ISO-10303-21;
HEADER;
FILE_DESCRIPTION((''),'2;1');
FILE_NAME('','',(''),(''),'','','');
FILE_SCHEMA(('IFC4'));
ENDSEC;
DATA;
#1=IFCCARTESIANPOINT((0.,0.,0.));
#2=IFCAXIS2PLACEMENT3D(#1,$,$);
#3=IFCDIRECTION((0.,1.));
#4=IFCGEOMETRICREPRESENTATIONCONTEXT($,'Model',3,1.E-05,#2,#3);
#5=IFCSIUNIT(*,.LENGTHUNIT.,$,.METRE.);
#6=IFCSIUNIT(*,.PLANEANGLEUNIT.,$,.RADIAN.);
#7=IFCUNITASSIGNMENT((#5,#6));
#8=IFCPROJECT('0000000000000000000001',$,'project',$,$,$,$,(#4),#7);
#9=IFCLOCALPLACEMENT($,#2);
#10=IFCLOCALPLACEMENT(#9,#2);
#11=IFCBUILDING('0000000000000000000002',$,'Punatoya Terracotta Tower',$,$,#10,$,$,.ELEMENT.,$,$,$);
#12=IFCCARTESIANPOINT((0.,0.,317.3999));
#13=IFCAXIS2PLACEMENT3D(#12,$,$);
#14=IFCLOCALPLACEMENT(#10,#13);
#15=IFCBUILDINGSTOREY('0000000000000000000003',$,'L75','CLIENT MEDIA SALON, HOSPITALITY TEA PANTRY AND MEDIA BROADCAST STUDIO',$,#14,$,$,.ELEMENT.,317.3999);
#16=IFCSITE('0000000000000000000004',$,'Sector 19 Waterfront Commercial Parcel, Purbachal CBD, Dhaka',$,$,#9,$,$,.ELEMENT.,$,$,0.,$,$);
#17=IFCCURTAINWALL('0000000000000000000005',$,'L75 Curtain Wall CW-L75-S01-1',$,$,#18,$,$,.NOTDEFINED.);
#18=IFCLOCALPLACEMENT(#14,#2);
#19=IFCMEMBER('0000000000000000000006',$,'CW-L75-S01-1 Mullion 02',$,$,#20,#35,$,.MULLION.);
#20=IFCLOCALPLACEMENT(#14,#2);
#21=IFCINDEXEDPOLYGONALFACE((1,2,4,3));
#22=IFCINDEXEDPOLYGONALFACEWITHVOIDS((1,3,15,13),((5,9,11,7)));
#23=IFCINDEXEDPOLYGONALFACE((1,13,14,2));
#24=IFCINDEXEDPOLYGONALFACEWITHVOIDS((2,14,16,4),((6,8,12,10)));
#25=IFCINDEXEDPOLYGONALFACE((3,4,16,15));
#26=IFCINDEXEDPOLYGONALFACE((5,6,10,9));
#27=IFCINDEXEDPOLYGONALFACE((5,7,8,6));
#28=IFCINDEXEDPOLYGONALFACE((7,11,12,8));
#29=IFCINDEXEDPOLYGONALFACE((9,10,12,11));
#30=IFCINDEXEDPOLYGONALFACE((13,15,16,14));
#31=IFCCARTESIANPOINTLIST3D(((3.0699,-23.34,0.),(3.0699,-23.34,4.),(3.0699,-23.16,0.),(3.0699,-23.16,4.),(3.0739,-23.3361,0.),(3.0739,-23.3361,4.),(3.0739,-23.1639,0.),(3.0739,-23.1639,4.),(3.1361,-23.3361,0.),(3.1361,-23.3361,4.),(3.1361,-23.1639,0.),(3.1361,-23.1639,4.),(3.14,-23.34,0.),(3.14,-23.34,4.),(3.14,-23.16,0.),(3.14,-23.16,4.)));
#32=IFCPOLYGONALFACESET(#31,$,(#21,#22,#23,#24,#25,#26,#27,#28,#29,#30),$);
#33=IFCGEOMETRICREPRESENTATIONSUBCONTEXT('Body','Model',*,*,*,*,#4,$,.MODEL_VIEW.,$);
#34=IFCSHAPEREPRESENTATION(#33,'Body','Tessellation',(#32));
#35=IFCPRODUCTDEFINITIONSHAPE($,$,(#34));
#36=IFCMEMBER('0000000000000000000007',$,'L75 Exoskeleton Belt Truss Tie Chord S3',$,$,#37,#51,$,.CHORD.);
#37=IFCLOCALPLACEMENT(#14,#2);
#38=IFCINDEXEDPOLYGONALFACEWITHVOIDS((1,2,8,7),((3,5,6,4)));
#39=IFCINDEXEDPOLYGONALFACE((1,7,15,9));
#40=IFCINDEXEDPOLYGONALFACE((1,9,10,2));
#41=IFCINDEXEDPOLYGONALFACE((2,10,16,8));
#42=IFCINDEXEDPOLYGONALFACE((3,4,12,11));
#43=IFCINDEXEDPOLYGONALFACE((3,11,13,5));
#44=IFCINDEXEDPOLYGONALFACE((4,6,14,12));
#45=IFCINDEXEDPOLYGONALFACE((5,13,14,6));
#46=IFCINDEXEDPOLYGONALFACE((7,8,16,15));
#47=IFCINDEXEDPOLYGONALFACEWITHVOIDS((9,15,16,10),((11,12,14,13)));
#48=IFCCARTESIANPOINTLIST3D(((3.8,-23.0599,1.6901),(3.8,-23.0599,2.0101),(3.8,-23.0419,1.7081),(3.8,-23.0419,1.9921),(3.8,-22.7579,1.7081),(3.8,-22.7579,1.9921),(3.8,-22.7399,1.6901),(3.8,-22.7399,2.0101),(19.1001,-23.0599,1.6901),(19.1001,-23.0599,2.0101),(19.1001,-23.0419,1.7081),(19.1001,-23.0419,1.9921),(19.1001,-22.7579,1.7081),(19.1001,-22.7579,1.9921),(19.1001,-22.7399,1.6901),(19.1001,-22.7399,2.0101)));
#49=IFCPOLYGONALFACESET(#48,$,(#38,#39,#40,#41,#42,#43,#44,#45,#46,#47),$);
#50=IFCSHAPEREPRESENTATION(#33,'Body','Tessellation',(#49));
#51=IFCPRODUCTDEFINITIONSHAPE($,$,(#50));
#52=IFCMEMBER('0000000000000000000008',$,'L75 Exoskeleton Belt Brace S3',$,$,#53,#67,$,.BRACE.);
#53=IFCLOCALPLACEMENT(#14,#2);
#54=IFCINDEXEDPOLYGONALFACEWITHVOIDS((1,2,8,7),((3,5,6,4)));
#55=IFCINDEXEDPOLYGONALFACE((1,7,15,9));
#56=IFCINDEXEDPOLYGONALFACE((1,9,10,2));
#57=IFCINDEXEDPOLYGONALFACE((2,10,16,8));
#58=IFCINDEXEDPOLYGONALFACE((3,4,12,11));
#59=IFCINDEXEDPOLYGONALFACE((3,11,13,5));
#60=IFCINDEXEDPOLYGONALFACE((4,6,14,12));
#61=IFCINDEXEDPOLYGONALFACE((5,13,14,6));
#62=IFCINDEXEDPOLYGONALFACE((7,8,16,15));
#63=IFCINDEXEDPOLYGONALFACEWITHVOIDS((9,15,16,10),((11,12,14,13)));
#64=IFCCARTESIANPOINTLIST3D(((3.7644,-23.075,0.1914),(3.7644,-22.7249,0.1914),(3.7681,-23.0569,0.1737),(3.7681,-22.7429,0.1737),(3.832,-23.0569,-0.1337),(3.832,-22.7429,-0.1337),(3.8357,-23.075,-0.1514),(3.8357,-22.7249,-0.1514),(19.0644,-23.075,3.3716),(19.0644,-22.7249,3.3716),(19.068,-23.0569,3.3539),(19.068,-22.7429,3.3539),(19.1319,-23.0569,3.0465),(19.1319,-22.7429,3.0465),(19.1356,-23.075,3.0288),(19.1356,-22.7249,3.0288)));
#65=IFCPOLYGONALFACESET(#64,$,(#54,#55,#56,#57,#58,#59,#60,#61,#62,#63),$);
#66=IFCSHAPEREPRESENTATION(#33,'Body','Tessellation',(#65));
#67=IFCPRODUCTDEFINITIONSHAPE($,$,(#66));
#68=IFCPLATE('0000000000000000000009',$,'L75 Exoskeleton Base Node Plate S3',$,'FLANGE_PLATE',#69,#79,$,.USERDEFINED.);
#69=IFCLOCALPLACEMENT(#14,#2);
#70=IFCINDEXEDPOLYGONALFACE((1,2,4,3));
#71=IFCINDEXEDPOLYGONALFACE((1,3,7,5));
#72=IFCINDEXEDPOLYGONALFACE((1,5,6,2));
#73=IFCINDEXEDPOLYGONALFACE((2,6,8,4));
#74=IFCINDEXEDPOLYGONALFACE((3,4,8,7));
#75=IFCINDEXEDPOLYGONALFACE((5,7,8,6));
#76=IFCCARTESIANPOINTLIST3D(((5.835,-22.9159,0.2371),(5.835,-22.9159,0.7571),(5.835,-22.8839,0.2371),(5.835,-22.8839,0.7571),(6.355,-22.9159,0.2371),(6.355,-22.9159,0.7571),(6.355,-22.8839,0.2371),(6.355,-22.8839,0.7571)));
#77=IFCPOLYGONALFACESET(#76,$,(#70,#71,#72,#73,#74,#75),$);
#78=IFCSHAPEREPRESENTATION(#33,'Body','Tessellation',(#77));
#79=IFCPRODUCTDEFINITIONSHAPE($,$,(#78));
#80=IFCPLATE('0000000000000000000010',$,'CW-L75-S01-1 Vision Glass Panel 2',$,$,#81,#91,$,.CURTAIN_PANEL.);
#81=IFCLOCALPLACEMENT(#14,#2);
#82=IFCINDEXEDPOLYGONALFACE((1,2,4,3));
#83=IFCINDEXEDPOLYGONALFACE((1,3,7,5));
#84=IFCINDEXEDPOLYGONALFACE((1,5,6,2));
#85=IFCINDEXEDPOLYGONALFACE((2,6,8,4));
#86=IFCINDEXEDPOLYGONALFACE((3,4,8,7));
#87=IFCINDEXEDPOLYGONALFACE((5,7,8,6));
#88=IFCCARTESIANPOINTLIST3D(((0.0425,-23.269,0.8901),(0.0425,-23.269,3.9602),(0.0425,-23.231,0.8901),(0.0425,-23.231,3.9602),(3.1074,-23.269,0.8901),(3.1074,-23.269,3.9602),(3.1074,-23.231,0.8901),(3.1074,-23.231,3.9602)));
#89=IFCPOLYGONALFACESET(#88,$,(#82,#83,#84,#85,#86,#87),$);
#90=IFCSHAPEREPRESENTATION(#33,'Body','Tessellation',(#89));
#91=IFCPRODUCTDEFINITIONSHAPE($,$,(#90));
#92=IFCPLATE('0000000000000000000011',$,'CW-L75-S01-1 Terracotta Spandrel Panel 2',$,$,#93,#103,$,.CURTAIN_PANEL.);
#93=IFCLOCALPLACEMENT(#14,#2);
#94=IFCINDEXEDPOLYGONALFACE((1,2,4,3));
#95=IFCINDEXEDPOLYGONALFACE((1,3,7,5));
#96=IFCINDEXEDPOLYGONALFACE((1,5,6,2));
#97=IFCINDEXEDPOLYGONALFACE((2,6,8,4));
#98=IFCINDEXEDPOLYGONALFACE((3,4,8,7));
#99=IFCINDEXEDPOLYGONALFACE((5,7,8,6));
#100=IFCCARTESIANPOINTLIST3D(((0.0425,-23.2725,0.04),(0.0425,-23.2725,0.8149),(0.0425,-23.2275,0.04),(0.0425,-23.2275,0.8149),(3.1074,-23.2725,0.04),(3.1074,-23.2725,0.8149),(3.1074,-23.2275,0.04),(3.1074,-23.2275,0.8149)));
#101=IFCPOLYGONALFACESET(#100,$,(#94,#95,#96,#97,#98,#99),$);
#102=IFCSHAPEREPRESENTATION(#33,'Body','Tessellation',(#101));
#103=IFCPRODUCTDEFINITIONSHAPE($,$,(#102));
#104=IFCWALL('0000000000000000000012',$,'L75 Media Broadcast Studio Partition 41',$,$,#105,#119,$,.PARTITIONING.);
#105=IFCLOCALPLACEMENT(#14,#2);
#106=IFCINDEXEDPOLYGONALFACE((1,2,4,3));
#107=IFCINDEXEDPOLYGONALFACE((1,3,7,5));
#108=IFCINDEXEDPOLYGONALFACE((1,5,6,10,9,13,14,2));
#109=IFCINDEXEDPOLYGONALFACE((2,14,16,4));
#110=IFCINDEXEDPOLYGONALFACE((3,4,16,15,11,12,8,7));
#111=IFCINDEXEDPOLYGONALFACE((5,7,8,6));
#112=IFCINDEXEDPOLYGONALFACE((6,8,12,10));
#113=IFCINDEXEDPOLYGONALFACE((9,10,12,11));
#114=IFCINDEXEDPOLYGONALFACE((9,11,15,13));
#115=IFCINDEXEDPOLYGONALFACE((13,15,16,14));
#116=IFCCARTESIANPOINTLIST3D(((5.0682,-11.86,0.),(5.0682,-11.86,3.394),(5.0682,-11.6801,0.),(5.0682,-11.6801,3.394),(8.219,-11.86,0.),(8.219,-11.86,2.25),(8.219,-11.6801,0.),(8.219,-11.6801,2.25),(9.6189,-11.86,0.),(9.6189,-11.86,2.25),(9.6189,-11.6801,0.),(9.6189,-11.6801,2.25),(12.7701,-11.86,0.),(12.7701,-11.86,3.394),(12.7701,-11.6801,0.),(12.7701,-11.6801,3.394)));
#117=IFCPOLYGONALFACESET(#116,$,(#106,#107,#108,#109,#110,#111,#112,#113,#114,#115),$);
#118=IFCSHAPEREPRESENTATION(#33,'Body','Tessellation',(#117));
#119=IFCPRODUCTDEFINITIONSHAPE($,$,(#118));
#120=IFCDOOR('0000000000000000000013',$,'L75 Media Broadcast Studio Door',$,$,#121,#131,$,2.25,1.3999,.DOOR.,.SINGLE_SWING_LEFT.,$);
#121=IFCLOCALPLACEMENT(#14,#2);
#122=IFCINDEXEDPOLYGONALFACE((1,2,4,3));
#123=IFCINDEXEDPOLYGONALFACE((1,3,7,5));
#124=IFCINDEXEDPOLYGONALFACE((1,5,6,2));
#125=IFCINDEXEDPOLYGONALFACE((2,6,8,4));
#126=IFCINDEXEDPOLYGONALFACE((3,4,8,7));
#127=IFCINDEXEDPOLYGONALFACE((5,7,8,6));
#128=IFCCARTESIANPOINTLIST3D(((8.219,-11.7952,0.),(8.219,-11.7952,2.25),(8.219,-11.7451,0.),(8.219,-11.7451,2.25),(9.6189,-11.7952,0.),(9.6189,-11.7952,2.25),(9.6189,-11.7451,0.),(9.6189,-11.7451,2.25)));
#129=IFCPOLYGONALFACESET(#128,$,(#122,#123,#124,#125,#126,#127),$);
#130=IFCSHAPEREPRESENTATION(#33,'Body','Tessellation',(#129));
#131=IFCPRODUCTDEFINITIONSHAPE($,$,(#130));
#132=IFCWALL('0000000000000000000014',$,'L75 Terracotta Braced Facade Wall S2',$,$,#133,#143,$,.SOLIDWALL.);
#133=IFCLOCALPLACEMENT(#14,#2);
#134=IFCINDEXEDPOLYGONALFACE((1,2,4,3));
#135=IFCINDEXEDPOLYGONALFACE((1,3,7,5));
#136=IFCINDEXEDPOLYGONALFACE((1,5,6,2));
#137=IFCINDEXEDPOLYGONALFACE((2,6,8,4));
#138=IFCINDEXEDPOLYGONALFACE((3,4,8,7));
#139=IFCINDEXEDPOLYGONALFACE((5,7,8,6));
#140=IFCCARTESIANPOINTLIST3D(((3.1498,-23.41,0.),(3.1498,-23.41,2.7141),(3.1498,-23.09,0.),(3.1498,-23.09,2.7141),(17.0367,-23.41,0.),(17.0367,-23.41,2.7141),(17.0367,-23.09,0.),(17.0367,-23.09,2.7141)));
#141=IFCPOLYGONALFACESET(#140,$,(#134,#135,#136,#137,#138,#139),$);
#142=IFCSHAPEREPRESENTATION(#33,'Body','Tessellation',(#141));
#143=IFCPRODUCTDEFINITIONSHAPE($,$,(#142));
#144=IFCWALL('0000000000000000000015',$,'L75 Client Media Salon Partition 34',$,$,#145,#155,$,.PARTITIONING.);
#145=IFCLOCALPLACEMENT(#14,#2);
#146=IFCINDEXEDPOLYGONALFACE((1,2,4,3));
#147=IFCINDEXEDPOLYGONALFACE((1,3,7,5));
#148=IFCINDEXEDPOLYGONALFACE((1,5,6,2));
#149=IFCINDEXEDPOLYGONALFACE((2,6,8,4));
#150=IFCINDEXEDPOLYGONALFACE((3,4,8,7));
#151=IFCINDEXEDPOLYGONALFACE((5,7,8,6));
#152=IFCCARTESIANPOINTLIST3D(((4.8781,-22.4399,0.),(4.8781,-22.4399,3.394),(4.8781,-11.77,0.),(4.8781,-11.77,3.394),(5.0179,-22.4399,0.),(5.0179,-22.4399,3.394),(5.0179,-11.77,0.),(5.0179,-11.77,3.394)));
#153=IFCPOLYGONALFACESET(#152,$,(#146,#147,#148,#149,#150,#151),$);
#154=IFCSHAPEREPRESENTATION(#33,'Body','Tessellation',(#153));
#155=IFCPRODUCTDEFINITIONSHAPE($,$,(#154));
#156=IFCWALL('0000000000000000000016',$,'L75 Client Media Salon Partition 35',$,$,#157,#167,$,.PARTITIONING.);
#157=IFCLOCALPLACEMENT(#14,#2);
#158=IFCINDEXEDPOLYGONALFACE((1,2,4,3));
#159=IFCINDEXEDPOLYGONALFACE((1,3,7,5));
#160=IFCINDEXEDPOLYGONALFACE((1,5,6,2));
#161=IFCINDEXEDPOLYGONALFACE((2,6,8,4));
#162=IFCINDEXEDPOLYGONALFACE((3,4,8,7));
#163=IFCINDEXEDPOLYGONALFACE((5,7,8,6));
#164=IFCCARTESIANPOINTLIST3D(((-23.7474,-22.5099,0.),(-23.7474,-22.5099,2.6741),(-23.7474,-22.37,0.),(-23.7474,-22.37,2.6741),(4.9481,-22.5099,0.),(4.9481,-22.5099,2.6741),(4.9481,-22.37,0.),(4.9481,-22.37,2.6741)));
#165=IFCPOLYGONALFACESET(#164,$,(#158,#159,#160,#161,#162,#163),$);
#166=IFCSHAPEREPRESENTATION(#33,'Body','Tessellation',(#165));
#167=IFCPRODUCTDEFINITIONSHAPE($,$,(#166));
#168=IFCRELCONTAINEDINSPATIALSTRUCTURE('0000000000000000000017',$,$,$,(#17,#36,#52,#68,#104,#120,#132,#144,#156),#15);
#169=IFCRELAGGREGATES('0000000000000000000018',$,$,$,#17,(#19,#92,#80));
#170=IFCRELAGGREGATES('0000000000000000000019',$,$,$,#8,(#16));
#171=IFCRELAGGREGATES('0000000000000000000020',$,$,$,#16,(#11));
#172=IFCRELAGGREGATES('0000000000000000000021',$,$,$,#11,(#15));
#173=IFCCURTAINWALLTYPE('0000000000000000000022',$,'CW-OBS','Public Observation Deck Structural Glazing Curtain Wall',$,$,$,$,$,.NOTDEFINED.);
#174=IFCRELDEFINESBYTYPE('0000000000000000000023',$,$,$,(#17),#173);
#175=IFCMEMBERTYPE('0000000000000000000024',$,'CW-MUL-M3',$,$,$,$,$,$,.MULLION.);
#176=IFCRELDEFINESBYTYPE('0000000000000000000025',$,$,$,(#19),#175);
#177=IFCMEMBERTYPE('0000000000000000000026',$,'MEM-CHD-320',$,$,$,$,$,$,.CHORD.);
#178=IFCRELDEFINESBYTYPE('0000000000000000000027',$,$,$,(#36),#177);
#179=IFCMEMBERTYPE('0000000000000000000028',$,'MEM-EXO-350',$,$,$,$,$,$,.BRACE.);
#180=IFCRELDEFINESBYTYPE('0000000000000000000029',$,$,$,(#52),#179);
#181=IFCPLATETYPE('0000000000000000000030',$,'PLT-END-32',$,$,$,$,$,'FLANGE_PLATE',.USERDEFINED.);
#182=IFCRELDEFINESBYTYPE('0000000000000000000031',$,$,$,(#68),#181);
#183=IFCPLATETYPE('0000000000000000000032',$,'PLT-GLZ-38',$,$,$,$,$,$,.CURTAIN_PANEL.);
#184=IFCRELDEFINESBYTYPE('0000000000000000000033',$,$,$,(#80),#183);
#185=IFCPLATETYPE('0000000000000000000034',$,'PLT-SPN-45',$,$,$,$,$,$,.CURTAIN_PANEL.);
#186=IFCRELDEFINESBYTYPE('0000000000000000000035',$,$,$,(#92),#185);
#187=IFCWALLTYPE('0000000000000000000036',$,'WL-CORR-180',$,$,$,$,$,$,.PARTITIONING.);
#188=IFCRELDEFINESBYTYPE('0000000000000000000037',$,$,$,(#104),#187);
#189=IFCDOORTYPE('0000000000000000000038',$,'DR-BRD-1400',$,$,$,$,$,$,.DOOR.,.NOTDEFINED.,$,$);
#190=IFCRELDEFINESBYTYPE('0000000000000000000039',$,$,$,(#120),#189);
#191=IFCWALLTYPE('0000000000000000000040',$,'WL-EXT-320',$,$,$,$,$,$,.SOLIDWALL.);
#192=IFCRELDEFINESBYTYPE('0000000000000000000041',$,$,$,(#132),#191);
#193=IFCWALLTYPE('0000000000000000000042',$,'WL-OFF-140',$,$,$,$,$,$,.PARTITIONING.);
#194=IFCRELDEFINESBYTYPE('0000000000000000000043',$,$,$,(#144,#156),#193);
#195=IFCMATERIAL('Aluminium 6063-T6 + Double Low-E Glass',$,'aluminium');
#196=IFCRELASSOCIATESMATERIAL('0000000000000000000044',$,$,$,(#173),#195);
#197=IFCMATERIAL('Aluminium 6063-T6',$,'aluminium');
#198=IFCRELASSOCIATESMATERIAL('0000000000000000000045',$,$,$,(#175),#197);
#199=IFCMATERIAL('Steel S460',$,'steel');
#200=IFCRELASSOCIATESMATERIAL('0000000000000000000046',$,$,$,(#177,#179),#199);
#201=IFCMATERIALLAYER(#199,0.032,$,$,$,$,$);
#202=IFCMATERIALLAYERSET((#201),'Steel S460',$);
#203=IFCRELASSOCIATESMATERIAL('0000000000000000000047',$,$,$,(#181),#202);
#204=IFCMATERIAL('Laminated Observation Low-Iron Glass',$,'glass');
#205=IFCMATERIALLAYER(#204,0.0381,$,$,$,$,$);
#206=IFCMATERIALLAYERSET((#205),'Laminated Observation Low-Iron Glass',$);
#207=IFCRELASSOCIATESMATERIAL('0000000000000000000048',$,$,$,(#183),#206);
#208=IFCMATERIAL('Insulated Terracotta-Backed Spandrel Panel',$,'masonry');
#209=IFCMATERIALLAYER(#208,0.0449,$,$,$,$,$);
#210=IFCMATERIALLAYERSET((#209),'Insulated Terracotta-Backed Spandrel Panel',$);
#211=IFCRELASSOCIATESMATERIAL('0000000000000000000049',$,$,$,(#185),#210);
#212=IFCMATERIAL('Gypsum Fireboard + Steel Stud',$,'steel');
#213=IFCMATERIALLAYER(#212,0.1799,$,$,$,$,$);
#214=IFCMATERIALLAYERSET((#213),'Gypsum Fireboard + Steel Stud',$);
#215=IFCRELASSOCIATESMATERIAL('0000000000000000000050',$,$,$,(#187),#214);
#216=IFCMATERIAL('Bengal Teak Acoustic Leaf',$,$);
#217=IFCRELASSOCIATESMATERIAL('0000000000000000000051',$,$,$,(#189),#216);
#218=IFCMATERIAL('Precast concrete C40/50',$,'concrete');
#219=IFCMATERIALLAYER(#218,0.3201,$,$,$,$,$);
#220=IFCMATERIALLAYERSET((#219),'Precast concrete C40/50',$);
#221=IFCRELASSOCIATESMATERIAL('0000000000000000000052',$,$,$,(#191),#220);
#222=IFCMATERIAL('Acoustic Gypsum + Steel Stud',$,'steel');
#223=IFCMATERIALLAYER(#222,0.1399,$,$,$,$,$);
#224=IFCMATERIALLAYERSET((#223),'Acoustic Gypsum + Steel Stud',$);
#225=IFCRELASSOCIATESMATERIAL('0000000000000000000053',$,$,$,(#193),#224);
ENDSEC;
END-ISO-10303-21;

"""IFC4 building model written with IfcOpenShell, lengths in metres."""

from ifc_helpers import new_model, si_unit, direction, frame, frame_2d, origin, origin_2d, place, context, subcontext, project, spatial, rectangle, hollow_rectangle, extrude, material, layer, layer_set, material_profile, profile_set, type_object, element, fill, aggregate, save


model = new_model("IFC4")

# Units and contexts
model_context = context("Model", 3, precision=1e-05, world=origin(), true_north=direction((0.0, 1.0)))
body_context = subcontext(model_context, "Body", "Model", "MODEL_VIEW")
ifc_project = project(units=[si_unit("LENGTHUNIT", "METRE"), si_unit("PLANEANGLEUNIT", "RADIAN")], contexts=[model_context])

# Site, building, storey
site_placement = place(None, origin())
site = spatial("IfcSite", under=ifc_project, at=site_placement, Name="Sector 19 Waterfront Commercial Parcel, Purbachal CBD, Dhaka", CompositionType="ELEMENT", RefElevation=0.0)
building_placement = place(site_placement, origin())
building = spatial("IfcBuilding", under=site, at=building_placement, Name="Punatoya Terracotta Tower", CompositionType="ELEMENT")
storey_placement = place(building_placement, frame((0.0, 0.0, 317.3999)))
storey = spatial("IfcBuildingStorey", under=building, at=storey_placement, Name="L75", Description="CLIENT MEDIA SALON, HOSPITALITY TEA PANTRY AND MEDIA BROADCAST STUDIO", CompositionType="ELEMENT", Elevation=317.3999)

# Shared definitions
ifc_material_1 = material(Name="Steel S460", Category="steel")

# Curtain wall, member
ifc_material_2 = material(Name="Aluminium 6063-T6 + Double Low-E Glass", Category="aluminium")
curtain_wall_type = type_object("IfcCurtainWallType", Name="CW-OBS", Description="Public Observation Deck Structural Glazing Curtain Wall", PredefinedType="NOTDEFINED", material=ifc_material_2)
curtain_wall_placement = place(storey_placement, origin())
curtain_wall = element("IfcCurtainWall", 1, at=curtain_wall_placement, inside=storey, type_object=curtain_wall_type, Name="L75 Curtain Wall CW-L75-S01-1", PredefinedType="NOTDEFINED")
ifc_material_3 = material(Name="Aluminium 6063-T6", Category="aluminium")
ifc_material_profile_1 = material_profile(ifc_material_3, hollow_rectangle(XDim=0.0701, YDim=0.1799, WallThickness=0.0039, at=origin_2d()))
ifc_profile_set_1 = profile_set([ifc_material_profile_1], Name="Aluminium 6063-T6")
member_type_1 = type_object("IfcMemberType", Name="CW-MUL-M3", PredefinedType="MULLION", material=ifc_profile_set_1)
member_1_placement = place(storey_placement, frame((3.105, -23.25, 0.0), z_axis=(0.0, 0.0, 1.0), x_axis=(1.0, 0.0, 0.0)))
member_1 = element("IfcMember", 2, at=member_1_placement, type_object=member_type_1, Name="CW-L75-S01-1 Mullion 02", PredefinedType="MULLION", context=body_context, shape_type="SweptSolid", body=[
    extrude(hollow_rectangle(XDim=0.0701, YDim=0.1799, WallThickness=0.0039, at=origin_2d()), origin(), (0.0, 0.0, 1.0), 4.0),
])

# Members
ifc_material_profile_2 = material_profile(ifc_material_1, hollow_rectangle(XDim=0.3201, YDim=0.3201, WallThickness=0.0181, at=origin_2d()))
ifc_profile_set_2 = profile_set([ifc_material_profile_2], Name="Steel S460")
member_type_2 = type_object("IfcMemberType", Name="MEM-CHD-320", PredefinedType="CHORD", material=ifc_profile_set_2)
member_2_placement = place(storey_placement, frame((3.8, -22.8999, 1.8501), z_axis=(1.0, 0.0, 0.0), x_axis=(0.0, 1.0, 0.0)))
element("IfcMember", 3, at=member_2_placement, inside=storey, type_object=member_type_2, Name="L75 Exoskeleton Belt Truss Tie Chord S3", PredefinedType="CHORD", context=body_context, shape_type="SweptSolid", body=[
    extrude(hollow_rectangle(XDim=0.3201, YDim=0.3201, WallThickness=0.0181, at=origin_2d()), origin(), (0.0, 0.0, 1.0), 15.3),
])
ifc_material_profile_3 = material_profile(ifc_material_1, hollow_rectangle(XDim=0.3501, YDim=0.3501, WallThickness=0.0181, at=origin_2d()))
ifc_profile_set_3 = profile_set([ifc_material_profile_3], Name="Steel S460")
member_type_3 = type_object("IfcMemberType", Name="MEM-EXO-350", PredefinedType="BRACE", material=ifc_profile_set_3)
member_3_placement = place(storey_placement, frame((3.8, -22.8999, 0.02), z_axis=(0.979074, 0.0, 0.203504), x_axis=(0.0, 1.0, 0.0)))
element("IfcMember", 4, at=member_3_placement, inside=storey, type_object=member_type_3, Name="L75 Exoskeleton Belt Brace S3", PredefinedType="BRACE", context=body_context, shape_type="SweptSolid", body=[
    extrude(hollow_rectangle(XDim=0.3501, YDim=0.3501, WallThickness=0.0181, at=origin_2d()), origin(), (0.0, 0.0, 1.0), 15.627),
])

# Plates
ifc_layer_1 = layer(ifc_material_1, 0.032)
ifc_layer_set_1 = layer_set([ifc_layer_1], Name="Steel S460")
plate_type_1 = type_object("IfcPlateType", Name="PLT-END-32", ElementType="FLANGE_PLATE", PredefinedType="USERDEFINED", material=ifc_layer_set_1)
plate_1_placement = place(storey_placement, frame((6.095, -22.8999, 0.2371), z_axis=(0.0, 0.0, 1.0), x_axis=(1.0, 0.0, 0.0)))
element("IfcPlate", 5, at=plate_1_placement, inside=storey, type_object=plate_type_1, Name="L75 Exoskeleton Base Node Plate S3", ObjectType="FLANGE_PLATE", PredefinedType="USERDEFINED", context=body_context, shape_type="SweptSolid", body=[
    extrude(rectangle(XDim=0.52, YDim=0.032, at=origin_2d()), origin(), (0.0, 0.0, 1.0), 0.52),
])
ifc_material_4 = material(Name="Laminated Observation Low-Iron Glass", Category="glass")
ifc_layer_2 = layer(ifc_material_4, 0.0381)
ifc_layer_set_2 = layer_set([ifc_layer_2], Name="Laminated Observation Low-Iron Glass")
plate_type_2 = type_object("IfcPlateType", Name="PLT-GLZ-38", PredefinedType="CURTAIN_PANEL", material=ifc_layer_set_2)
plate_2_placement = place(storey_placement, frame((1.575, -23.25, 0.8901), z_axis=(0.0, 0.0, 1.0), x_axis=(1.0, 0.0, 0.0)))
plate_2 = element("IfcPlate", 6, at=plate_2_placement, type_object=plate_type_2, Name="CW-L75-S01-1 Vision Glass Panel 2", PredefinedType="CURTAIN_PANEL", context=body_context, shape_type="SweptSolid", body=[
    extrude(rectangle(XDim=3.0649, YDim=0.0381, at=origin_2d()), origin(), (0.0, 0.0, 1.0), 3.0701),
])
ifc_material_5 = material(Name="Insulated Terracotta-Backed Spandrel Panel", Category="masonry")
ifc_layer_3 = layer(ifc_material_5, 0.0449)
ifc_layer_set_3 = layer_set([ifc_layer_3], Name="Insulated Terracotta-Backed Spandrel Panel")
plate_type_3 = type_object("IfcPlateType", Name="PLT-SPN-45", PredefinedType="CURTAIN_PANEL", material=ifc_layer_set_3)
plate_3_placement = place(storey_placement, frame((1.575, -23.25, 0.04), z_axis=(0.0, 0.0, 1.0), x_axis=(1.0, 0.0, 0.0)))
plate_3 = element("IfcPlate", 7, at=plate_3_placement, type_object=plate_type_3, Name="CW-L75-S01-1 Terracotta Spandrel Panel 2", PredefinedType="CURTAIN_PANEL", context=body_context, shape_type="SweptSolid", body=[
    extrude(rectangle(XDim=3.0649, YDim=0.0449, at=origin_2d()), origin(), (0.0, 0.0, 1.0), 0.7749),
])
aggregate(curtain_wall, [member_1, plate_3, plate_2])

# Wall, opening, door
ifc_material_6 = material(Name="Gypsum Fireboard + Steel Stud", Category="steel")
ifc_layer_4 = layer(ifc_material_6, 0.1799)
ifc_layer_set_4 = layer_set([ifc_layer_4], Name="Gypsum Fireboard + Steel Stud")
wall_type_1 = type_object("IfcWallType", Name="WL-CORR-180", PredefinedType="PARTITIONING", material=ifc_layer_set_4)
wall_1_placement = place(storey_placement, frame((5.0681, -11.77, 0.0), z_axis=(0.0, 0.0, 1.0), x_axis=(1.0, 0.0, 0.0)))
wall_1 = element("IfcWall", 8, at=wall_1_placement, inside=storey, type_object=wall_type_1, Name="L75 Media Broadcast Studio Partition 41", PredefinedType="PARTITIONING", context=body_context, shape_type="SweptSolid", body=[
    extrude(rectangle(XDim=7.7019, YDim=0.1799, at=frame_2d((3.8511, 0.0))), origin(), (0.0, 0.0, 1.0), 3.394),
])
opening_placement = place(wall_1_placement, frame((3.1509, 0.0, 0.0)))
opening = element("IfcOpeningElement", 9, at=opening_placement, cuts=wall_1, PredefinedType="OPENING", context=body_context, shape_type="SweptSolid", body=[
    extrude(rectangle(XDim=1.3999, YDim=2.25, at=frame_2d((0.7, 1.125))), frame((0.0, 0.0999, 0.0), z_axis=(0.0, -1.0, 0.0), x_axis=(1.0, 0.0, 0.0)), (0.0, 0.0, 1.0), 0.2),
])
ifc_material_7 = material(Name="Bengal Teak Acoustic Leaf")
door_type = type_object("IfcDoorType", Name="DR-BRD-1400", OperationType="NOTDEFINED", PredefinedType="DOOR", material=ifc_material_7)
door_placement = place(opening_placement, origin())
door = element("IfcDoor", 10, at=door_placement, inside=storey, type_object=door_type, Name="L75 Media Broadcast Studio Door", OperationType="SINGLE_SWING_LEFT", OverallHeight=2.25, OverallWidth=1.3999, PredefinedType="DOOR", context=body_context, shape_type="SweptSolid", body=[
    extrude(rectangle(XDim=1.3999, YDim=2.25, at=frame_2d((0.7, 1.125))), frame((0.0, 0.0249, 0.0), z_axis=(0.0, -1.0, 0.0), x_axis=(1.0, 0.0, 0.0)), (0.0, 0.0, 1.0), 0.05),
])
fill(opening, door)

# Walls
ifc_material_8 = material(Name="Precast concrete C40/50", Category="concrete")
ifc_layer_5 = layer(ifc_material_8, 0.3201)
ifc_layer_set_5 = layer_set([ifc_layer_5], Name="Precast concrete C40/50")
wall_type_2 = type_object("IfcWallType", Name="WL-EXT-320", PredefinedType="SOLIDWALL", material=ifc_layer_set_5)
wall_2_placement = place(storey_placement, frame((3.1499, -23.25, 0.0), z_axis=(0.0, 0.0, 1.0), x_axis=(1.0, 0.0, 0.0)))
element("IfcWall", 11, at=wall_2_placement, inside=storey, type_object=wall_type_2, Name="L75 Terracotta Braced Facade Wall S2", PredefinedType="SOLIDWALL", context=body_context, shape_type="SweptSolid", body=[
    extrude(rectangle(XDim=13.887, YDim=0.3201, at=frame_2d((6.9434, 0.0))), origin(), (0.0, 0.0, 1.0), 2.7141),
])
ifc_material_9 = material(Name="Acoustic Gypsum + Steel Stud", Category="steel")
ifc_layer_6 = layer(ifc_material_9, 0.1399)
ifc_layer_set_6 = layer_set([ifc_layer_6], Name="Acoustic Gypsum + Steel Stud")
wall_type_3 = type_object("IfcWallType", Name="WL-OFF-140", PredefinedType="PARTITIONING", material=ifc_layer_set_6)
wall_3_placement = place(storey_placement, frame((4.948, -11.77, 0.0), z_axis=(0.0, 0.0, 1.0), x_axis=(0.0, -1.0, 0.0)))
element("IfcWall", 12, at=wall_3_placement, inside=storey, type_object=wall_type_3, Name="L75 Client Media Salon Partition 34", PredefinedType="PARTITIONING", context=body_context, shape_type="SweptSolid", body=[
    extrude(rectangle(XDim=10.6699, YDim=0.1399, at=frame_2d((5.335, 0.0))), origin(), (0.0, 0.0, 1.0), 3.394),
])
wall_4_placement = place(storey_placement, frame((4.948, -22.4399, 0.0), z_axis=(0.0, 0.0, 1.0), x_axis=(-1.0, 0.0, 0.0)))
element("IfcWall", 13, at=wall_4_placement, inside=storey, type_object=wall_type_3, Name="L75 Client Media Salon Partition 35", PredefinedType="PARTITIONING", context=body_context, shape_type="SweptSolid", body=[
    extrude(rectangle(XDim=28.6956, YDim=0.1399, at=frame_2d((14.3477, 0.0))), origin(), (0.0, 0.0, 1.0), 2.6741),
])

save(model, "model.ifc")
